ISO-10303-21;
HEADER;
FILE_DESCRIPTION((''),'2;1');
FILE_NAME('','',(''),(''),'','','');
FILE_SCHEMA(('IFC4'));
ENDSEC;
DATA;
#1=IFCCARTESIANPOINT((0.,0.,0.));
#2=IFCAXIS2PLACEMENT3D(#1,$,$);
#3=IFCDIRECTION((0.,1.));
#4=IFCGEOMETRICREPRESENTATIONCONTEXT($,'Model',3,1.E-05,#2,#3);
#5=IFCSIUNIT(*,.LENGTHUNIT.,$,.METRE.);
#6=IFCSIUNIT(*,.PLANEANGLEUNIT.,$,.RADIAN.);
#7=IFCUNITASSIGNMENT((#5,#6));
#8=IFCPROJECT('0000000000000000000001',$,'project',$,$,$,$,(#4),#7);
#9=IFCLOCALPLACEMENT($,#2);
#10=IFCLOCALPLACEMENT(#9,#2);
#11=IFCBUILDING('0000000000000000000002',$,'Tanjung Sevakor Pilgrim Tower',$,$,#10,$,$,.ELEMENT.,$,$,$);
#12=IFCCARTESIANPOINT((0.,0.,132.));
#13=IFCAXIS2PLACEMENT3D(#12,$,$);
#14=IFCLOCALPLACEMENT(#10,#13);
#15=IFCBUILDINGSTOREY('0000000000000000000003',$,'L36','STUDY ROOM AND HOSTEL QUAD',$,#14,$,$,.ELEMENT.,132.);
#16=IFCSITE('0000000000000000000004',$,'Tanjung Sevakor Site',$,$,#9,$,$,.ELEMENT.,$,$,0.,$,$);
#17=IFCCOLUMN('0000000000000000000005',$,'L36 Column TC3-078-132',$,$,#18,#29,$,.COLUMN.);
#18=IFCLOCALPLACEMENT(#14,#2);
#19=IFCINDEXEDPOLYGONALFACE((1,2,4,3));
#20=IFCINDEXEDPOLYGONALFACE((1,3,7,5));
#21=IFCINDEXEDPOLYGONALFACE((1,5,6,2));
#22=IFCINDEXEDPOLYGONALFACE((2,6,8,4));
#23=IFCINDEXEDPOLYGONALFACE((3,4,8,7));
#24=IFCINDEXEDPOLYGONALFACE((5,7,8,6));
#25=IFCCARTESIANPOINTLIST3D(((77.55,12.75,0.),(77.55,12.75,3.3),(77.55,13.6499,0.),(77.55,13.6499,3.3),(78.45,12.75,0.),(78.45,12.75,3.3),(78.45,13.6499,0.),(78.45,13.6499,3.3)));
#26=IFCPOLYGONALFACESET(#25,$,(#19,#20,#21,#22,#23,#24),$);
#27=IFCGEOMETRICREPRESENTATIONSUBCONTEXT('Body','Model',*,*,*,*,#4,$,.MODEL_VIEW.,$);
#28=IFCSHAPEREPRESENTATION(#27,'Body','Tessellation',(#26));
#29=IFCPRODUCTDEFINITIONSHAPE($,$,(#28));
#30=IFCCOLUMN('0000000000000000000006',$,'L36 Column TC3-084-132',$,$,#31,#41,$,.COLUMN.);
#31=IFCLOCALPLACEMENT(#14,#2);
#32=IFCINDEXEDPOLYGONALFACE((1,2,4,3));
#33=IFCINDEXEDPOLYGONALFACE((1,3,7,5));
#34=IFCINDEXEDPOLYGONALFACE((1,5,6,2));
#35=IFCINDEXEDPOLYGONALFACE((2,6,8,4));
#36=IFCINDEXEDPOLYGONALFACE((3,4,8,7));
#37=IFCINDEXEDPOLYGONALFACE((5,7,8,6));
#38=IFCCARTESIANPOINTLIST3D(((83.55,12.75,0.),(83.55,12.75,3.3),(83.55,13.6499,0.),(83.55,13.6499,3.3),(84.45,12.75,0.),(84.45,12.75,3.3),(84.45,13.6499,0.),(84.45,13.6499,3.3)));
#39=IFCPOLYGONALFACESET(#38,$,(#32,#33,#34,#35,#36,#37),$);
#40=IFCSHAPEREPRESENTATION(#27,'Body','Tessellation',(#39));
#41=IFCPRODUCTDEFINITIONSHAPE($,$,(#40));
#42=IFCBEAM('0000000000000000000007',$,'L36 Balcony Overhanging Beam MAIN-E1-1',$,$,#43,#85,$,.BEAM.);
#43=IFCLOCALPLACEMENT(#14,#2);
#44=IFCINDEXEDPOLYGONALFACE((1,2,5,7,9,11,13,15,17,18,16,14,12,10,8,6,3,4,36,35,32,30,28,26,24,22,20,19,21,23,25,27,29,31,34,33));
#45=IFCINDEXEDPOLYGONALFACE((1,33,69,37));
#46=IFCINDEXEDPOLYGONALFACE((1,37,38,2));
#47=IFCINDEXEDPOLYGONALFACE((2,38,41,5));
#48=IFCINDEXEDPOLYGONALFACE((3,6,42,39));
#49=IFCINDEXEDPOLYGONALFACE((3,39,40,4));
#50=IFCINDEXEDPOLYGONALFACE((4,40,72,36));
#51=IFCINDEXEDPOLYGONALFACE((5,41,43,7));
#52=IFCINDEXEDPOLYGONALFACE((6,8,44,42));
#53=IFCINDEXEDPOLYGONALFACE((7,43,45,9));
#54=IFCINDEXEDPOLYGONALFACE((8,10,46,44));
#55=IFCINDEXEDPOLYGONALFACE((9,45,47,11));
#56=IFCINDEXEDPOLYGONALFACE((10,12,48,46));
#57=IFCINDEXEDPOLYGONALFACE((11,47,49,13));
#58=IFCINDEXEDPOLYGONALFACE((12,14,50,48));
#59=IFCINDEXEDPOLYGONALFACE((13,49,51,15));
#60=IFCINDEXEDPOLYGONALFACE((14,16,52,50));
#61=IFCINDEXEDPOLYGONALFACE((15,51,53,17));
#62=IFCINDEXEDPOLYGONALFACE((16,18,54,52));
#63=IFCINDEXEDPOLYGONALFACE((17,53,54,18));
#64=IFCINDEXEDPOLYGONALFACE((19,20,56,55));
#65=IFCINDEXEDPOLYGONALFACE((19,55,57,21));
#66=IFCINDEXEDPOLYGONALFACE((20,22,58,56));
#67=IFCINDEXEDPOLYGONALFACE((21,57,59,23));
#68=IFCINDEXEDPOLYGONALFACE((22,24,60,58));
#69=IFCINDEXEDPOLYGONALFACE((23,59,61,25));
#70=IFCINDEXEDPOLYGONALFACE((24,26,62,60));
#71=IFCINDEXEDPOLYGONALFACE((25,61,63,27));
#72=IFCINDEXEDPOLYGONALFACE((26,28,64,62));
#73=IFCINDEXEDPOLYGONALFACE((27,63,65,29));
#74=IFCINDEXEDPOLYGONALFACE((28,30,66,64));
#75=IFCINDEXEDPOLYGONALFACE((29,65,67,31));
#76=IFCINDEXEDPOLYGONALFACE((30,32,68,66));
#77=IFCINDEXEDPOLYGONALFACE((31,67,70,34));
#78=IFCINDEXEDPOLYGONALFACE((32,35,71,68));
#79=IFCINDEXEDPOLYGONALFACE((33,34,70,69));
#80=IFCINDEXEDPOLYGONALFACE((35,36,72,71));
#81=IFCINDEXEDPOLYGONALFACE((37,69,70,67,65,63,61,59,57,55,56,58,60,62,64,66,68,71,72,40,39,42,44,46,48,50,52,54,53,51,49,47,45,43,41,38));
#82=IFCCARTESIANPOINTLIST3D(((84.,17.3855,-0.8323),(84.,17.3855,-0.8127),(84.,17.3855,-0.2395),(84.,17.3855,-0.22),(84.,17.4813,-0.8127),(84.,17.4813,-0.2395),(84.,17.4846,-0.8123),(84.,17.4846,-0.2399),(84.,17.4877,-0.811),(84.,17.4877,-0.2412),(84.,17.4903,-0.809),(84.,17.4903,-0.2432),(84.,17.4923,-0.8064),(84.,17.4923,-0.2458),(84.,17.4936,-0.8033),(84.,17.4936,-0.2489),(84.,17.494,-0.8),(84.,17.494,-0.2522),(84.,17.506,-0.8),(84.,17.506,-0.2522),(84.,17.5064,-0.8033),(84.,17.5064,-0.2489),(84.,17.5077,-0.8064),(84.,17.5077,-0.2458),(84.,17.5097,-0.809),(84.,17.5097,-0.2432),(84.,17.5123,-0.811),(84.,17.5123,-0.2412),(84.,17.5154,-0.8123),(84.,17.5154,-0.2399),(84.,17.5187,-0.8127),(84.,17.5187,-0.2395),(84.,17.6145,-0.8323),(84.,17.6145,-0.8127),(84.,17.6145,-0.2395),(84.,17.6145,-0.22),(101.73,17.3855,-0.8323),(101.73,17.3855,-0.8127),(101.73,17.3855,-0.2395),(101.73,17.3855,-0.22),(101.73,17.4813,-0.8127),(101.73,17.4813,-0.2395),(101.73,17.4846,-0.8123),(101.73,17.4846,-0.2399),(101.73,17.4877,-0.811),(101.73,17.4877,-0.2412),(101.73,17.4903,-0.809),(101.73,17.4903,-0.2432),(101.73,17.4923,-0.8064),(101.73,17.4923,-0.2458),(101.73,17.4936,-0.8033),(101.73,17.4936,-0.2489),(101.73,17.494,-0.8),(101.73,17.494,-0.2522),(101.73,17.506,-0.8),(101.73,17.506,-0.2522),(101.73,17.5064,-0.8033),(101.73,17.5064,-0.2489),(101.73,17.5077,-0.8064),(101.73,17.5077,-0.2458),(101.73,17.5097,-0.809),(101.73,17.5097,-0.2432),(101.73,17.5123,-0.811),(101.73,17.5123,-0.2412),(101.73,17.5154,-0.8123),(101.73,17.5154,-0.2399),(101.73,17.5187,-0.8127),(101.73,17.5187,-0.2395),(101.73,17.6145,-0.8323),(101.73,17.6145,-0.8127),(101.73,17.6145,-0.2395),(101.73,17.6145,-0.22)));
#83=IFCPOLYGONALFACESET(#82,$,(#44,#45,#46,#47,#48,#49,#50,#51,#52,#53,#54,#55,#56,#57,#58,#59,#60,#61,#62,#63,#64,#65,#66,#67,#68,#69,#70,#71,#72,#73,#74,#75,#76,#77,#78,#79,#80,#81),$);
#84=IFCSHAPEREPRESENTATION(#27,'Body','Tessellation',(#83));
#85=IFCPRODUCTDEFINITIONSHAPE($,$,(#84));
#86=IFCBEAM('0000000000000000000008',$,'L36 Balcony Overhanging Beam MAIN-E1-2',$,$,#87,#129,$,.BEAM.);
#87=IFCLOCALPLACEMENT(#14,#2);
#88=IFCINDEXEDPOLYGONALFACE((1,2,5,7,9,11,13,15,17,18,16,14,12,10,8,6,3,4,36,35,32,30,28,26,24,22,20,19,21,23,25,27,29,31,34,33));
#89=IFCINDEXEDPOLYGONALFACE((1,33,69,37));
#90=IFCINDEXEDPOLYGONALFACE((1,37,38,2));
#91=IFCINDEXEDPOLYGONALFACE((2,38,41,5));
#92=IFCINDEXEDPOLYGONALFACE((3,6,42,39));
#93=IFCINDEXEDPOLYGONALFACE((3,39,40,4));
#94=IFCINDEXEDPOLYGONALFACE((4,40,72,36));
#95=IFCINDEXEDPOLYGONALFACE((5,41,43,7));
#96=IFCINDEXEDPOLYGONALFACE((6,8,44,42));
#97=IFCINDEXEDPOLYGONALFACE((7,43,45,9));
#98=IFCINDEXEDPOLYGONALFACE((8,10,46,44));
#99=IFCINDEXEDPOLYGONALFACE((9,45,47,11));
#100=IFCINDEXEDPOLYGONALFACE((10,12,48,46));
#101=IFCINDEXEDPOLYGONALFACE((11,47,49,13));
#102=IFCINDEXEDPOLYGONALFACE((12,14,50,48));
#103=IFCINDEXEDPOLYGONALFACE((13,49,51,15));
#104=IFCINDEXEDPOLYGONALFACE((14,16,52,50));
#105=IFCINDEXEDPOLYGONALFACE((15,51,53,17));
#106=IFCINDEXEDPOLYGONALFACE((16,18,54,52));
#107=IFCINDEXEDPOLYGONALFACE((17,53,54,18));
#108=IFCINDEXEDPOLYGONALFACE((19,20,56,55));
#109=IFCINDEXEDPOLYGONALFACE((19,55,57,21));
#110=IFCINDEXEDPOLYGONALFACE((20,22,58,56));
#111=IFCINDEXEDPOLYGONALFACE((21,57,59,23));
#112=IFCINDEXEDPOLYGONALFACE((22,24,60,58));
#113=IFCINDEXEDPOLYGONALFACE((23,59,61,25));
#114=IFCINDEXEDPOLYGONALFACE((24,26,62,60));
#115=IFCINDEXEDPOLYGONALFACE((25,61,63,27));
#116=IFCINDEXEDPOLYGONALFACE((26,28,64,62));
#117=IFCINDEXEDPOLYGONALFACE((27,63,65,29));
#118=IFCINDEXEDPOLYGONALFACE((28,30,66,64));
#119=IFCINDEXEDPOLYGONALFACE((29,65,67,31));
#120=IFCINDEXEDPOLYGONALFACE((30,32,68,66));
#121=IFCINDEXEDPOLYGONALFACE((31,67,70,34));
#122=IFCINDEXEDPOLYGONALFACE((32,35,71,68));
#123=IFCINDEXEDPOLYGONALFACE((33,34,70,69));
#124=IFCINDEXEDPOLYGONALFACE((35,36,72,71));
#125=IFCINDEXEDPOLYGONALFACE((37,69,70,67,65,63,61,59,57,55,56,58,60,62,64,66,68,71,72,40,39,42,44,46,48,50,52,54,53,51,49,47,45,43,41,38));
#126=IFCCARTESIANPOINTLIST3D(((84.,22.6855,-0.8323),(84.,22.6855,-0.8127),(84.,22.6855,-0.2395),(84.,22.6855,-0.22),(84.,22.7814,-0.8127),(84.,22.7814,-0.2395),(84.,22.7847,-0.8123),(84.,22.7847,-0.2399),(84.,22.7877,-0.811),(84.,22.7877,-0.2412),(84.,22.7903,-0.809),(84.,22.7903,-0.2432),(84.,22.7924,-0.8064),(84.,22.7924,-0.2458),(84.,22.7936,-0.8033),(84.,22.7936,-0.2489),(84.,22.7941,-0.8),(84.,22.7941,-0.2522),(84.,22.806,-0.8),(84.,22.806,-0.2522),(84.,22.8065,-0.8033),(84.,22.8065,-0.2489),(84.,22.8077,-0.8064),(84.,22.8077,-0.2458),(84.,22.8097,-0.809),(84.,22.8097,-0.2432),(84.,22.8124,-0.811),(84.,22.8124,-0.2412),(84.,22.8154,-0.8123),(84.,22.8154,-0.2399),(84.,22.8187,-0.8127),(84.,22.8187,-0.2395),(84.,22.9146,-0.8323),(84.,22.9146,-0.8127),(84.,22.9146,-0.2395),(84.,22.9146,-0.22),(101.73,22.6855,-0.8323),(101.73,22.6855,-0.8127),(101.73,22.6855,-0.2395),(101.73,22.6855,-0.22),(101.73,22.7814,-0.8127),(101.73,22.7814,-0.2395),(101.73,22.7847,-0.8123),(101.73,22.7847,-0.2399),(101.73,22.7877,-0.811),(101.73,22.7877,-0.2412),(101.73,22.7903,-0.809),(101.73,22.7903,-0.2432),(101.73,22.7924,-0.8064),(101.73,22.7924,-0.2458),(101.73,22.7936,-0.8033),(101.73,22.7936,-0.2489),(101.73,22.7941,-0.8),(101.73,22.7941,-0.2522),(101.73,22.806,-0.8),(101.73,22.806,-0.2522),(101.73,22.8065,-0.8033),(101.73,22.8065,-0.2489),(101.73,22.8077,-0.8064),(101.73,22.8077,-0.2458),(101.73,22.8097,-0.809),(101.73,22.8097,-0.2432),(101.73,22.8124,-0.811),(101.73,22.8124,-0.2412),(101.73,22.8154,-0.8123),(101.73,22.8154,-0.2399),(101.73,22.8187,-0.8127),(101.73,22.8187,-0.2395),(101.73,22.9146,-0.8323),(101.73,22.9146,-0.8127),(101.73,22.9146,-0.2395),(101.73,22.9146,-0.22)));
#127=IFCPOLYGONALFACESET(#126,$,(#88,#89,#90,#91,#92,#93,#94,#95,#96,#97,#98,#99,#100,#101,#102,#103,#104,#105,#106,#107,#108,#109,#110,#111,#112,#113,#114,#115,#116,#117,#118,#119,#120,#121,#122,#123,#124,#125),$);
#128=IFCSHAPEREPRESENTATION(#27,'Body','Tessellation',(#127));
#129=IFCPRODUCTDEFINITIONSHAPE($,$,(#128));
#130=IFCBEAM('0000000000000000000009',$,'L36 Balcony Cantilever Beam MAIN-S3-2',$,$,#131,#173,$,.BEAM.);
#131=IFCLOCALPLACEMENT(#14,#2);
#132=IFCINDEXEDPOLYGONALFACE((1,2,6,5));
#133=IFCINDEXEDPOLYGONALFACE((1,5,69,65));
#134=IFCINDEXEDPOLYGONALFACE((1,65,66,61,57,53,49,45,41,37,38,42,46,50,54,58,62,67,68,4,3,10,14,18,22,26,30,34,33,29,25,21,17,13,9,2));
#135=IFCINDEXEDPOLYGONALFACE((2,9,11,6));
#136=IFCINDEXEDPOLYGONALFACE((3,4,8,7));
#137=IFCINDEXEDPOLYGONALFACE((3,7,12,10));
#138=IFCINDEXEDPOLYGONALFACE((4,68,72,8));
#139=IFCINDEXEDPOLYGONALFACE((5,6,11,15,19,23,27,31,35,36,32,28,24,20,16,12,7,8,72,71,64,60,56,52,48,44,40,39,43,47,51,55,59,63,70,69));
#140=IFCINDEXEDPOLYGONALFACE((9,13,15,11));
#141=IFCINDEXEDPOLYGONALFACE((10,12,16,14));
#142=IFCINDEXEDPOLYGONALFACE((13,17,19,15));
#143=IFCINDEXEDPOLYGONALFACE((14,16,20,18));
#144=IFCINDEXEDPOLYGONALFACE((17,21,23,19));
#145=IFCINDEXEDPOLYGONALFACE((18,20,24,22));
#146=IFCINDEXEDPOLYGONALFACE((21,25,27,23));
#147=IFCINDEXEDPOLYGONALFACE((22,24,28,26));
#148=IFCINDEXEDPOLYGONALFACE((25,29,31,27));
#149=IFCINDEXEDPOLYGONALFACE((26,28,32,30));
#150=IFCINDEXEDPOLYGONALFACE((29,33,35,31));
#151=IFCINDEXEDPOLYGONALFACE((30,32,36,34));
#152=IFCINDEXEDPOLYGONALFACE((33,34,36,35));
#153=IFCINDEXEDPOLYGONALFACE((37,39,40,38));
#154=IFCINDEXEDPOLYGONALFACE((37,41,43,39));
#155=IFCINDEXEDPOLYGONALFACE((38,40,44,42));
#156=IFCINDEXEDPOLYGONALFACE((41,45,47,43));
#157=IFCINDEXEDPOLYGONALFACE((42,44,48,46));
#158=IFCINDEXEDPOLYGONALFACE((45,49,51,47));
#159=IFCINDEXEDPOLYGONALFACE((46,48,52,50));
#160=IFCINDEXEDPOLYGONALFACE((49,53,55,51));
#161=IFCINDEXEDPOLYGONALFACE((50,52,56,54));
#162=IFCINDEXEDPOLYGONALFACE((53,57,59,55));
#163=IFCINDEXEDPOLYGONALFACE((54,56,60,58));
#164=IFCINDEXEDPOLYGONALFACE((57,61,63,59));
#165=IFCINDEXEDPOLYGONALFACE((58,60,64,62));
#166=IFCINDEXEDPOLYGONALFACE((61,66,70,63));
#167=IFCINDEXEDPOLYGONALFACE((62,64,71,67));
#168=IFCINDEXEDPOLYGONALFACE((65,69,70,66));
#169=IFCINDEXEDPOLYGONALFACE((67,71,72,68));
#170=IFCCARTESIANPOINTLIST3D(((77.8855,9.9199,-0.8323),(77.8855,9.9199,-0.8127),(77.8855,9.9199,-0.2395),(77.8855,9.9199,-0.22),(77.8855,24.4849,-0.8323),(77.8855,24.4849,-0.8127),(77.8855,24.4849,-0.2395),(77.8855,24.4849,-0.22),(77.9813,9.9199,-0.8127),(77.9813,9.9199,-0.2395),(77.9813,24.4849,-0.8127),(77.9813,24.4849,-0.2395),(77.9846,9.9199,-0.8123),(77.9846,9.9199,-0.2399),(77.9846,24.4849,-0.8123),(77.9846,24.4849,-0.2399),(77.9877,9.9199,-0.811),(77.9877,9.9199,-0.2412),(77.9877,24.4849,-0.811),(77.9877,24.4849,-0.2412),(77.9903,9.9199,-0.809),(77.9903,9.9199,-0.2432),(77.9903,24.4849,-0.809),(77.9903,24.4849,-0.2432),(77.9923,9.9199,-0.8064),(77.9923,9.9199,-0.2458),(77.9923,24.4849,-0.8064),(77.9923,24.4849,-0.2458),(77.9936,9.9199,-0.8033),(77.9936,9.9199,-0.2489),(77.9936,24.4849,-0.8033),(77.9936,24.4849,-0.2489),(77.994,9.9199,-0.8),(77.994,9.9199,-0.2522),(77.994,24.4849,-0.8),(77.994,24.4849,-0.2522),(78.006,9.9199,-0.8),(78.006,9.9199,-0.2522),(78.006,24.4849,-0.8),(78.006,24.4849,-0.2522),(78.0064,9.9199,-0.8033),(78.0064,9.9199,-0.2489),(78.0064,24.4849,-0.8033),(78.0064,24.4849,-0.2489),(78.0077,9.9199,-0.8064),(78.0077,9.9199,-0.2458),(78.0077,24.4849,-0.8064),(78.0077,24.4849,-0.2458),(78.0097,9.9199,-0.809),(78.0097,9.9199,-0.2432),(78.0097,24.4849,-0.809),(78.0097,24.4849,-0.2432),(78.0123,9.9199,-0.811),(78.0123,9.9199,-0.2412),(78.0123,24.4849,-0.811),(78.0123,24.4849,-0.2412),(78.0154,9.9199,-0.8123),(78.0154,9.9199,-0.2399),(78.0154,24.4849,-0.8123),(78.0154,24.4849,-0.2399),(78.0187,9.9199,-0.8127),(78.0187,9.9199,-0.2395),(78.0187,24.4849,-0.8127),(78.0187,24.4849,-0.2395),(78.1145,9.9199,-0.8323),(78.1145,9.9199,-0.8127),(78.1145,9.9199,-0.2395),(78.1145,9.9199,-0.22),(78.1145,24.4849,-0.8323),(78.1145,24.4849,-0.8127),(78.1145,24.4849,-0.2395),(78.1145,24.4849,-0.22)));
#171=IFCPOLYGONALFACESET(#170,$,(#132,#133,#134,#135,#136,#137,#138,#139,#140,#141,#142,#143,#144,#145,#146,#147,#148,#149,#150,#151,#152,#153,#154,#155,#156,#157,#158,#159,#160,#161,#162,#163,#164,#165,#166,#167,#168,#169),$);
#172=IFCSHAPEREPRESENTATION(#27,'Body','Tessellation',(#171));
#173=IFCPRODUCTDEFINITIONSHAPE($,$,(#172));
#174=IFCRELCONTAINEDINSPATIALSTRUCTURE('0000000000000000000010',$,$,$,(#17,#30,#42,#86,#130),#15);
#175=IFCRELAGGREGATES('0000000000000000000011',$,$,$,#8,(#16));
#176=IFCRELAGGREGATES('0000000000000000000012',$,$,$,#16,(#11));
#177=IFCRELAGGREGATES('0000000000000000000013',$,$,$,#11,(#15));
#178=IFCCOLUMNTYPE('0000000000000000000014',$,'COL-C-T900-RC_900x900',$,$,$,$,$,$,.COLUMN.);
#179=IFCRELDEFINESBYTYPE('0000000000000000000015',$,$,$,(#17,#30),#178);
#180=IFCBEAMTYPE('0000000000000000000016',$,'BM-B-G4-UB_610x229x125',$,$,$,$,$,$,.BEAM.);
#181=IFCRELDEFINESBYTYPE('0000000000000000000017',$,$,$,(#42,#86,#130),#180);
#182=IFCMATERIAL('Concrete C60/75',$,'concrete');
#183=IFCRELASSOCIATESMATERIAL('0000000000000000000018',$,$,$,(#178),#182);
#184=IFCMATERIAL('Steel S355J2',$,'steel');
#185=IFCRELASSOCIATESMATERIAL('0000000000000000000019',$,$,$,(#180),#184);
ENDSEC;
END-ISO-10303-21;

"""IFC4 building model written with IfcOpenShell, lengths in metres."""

from ifc_helpers import new_model, si_unit, direction, frame, origin, origin_2d, place, context, subcontext, project, spatial, rectangle, i_section, extrude, material, material_profile, profile_set, type_object, element, save


model = new_model("IFC4")

# Units and contexts
model_context = context("Model", 3, precision=1e-05, world=origin(), true_north=direction((0.0, 1.0)))
body_context = subcontext(model_context, "Body", "Model", "MODEL_VIEW")
ifc_project = project(units=[si_unit("LENGTHUNIT", "METRE"), si_unit("PLANEANGLEUNIT", "RADIAN")], contexts=[model_context])

# Site, building, storey
site_placement = place(None, origin())
site = spatial("IfcSite", under=ifc_project, at=site_placement, Name="Tanjung Sevakor Site", CompositionType="ELEMENT", RefElevation=0.0)
building_placement = place(site_placement, origin())
building = spatial("IfcBuilding", under=site, at=building_placement, Name="Tanjung Sevakor Pilgrim Tower", CompositionType="ELEMENT")
storey_placement = place(building_placement, frame((0.0, 0.0, 132.0)))
storey = spatial("IfcBuildingStorey", under=building, at=storey_placement, Name="L36", Description="STUDY ROOM AND HOSTEL QUAD", CompositionType="ELEMENT", Elevation=132.0)

# Columns
ifc_material_1 = material(Name="Concrete C60/75", Category="concrete")
ifc_material_profile_1 = material_profile(ifc_material_1, rectangle(XDim=0.8999, YDim=0.8999, at=origin_2d()))
ifc_profile_set_1 = profile_set([ifc_material_profile_1], Name="Concrete C60/75")
column_type = type_object("IfcColumnType", Name="COL-C-T900-RC_900x900", PredefinedType="COLUMN", material=ifc_profile_set_1)
for number, where, z_axis, x_axis, name in (
    (1, (78.0, 13.2, 0.0), (0.0, 0.0, 1.0), (1.0, 0.0, 0.0), "L36 Column TC3-078-132"),
    (2, (84.0, 13.2, 0.0), (0.0, 0.0, 1.0), (1.0, 0.0, 0.0), "L36 Column TC3-084-132"),
):
    element("IfcColumn", number, at=place(storey_placement, frame(where, z_axis=z_axis, x_axis=x_axis)), inside=storey, type_object=column_type, Name=name, PredefinedType="COLUMN", context=body_context, shape_type="SweptSolid", body=[
        extrude(rectangle(XDim=0.8999, YDim=0.8999, at=origin_2d()), origin(), (0.0, 0.0, 1.0), 3.3),
    ])

# Beams
ifc_material_2 = material(Name="Steel S355J2", Category="steel")
ifc_material_profile_2 = material_profile(ifc_material_2, i_section(OverallWidth=0.229, OverallDepth=0.6123, WebThickness=0.012, FlangeThickness=0.0195, FilletRadius=0.0127, at=origin_2d()))
ifc_profile_set_2 = profile_set([ifc_material_profile_2], Name="Steel S355J2")
beam_type_1 = type_object("IfcBeamType", Name="BM-B-G4-UB_610x229x125", PredefinedType="BEAM", material=ifc_profile_set_2)
for number, where, z_axis, x_axis, name in (
    (3, (84.0, 17.5, -0.5261), (1.0, 0.0, 0.0), (0.0, 1.0, 0.0), "L36 Balcony Overhanging Beam MAIN-E1-1"),
    (4, (84.0, 22.8, -0.5261), (1.0, 0.0, 0.0), (0.0, 1.0, 0.0), "L36 Balcony Overhanging Beam MAIN-E1-2"),
):
    element("IfcBeam", number, at=place(storey_placement, frame(where, z_axis=z_axis, x_axis=x_axis)), inside=storey, type_object=beam_type_1, Name=name, PredefinedType="BEAM", context=body_context, shape_type="SweptSolid", body=[
        extrude(i_section(OverallWidth=0.229, OverallDepth=0.6123, WebThickness=0.012, FlangeThickness=0.0195, FilletRadius=0.0127, at=origin_2d()), origin(), (0.0, 0.0, 1.0), 17.73),
    ])
beam_1_placement = place(storey_placement, frame((78.0, 24.4849, -0.5261), z_axis=(0.0, -1.0, 0.0), x_axis=(1.0, 0.0, 0.0)))
element("IfcBeam", 5, at=beam_1_placement, inside=storey, type_object=beam_type_1, Name="L36 Balcony Cantilever Beam MAIN-S3-2", PredefinedType="BEAM", context=body_context, shape_type="SweptSolid", body=[
    extrude(i_section(OverallWidth=0.229, OverallDepth=0.6123, WebThickness=0.012, FlangeThickness=0.0195, FilletRadius=0.0127, at=origin_2d()), origin(), (0.0, 0.0, 1.0), 14.5649),
])

save(model, "model.ifc")
